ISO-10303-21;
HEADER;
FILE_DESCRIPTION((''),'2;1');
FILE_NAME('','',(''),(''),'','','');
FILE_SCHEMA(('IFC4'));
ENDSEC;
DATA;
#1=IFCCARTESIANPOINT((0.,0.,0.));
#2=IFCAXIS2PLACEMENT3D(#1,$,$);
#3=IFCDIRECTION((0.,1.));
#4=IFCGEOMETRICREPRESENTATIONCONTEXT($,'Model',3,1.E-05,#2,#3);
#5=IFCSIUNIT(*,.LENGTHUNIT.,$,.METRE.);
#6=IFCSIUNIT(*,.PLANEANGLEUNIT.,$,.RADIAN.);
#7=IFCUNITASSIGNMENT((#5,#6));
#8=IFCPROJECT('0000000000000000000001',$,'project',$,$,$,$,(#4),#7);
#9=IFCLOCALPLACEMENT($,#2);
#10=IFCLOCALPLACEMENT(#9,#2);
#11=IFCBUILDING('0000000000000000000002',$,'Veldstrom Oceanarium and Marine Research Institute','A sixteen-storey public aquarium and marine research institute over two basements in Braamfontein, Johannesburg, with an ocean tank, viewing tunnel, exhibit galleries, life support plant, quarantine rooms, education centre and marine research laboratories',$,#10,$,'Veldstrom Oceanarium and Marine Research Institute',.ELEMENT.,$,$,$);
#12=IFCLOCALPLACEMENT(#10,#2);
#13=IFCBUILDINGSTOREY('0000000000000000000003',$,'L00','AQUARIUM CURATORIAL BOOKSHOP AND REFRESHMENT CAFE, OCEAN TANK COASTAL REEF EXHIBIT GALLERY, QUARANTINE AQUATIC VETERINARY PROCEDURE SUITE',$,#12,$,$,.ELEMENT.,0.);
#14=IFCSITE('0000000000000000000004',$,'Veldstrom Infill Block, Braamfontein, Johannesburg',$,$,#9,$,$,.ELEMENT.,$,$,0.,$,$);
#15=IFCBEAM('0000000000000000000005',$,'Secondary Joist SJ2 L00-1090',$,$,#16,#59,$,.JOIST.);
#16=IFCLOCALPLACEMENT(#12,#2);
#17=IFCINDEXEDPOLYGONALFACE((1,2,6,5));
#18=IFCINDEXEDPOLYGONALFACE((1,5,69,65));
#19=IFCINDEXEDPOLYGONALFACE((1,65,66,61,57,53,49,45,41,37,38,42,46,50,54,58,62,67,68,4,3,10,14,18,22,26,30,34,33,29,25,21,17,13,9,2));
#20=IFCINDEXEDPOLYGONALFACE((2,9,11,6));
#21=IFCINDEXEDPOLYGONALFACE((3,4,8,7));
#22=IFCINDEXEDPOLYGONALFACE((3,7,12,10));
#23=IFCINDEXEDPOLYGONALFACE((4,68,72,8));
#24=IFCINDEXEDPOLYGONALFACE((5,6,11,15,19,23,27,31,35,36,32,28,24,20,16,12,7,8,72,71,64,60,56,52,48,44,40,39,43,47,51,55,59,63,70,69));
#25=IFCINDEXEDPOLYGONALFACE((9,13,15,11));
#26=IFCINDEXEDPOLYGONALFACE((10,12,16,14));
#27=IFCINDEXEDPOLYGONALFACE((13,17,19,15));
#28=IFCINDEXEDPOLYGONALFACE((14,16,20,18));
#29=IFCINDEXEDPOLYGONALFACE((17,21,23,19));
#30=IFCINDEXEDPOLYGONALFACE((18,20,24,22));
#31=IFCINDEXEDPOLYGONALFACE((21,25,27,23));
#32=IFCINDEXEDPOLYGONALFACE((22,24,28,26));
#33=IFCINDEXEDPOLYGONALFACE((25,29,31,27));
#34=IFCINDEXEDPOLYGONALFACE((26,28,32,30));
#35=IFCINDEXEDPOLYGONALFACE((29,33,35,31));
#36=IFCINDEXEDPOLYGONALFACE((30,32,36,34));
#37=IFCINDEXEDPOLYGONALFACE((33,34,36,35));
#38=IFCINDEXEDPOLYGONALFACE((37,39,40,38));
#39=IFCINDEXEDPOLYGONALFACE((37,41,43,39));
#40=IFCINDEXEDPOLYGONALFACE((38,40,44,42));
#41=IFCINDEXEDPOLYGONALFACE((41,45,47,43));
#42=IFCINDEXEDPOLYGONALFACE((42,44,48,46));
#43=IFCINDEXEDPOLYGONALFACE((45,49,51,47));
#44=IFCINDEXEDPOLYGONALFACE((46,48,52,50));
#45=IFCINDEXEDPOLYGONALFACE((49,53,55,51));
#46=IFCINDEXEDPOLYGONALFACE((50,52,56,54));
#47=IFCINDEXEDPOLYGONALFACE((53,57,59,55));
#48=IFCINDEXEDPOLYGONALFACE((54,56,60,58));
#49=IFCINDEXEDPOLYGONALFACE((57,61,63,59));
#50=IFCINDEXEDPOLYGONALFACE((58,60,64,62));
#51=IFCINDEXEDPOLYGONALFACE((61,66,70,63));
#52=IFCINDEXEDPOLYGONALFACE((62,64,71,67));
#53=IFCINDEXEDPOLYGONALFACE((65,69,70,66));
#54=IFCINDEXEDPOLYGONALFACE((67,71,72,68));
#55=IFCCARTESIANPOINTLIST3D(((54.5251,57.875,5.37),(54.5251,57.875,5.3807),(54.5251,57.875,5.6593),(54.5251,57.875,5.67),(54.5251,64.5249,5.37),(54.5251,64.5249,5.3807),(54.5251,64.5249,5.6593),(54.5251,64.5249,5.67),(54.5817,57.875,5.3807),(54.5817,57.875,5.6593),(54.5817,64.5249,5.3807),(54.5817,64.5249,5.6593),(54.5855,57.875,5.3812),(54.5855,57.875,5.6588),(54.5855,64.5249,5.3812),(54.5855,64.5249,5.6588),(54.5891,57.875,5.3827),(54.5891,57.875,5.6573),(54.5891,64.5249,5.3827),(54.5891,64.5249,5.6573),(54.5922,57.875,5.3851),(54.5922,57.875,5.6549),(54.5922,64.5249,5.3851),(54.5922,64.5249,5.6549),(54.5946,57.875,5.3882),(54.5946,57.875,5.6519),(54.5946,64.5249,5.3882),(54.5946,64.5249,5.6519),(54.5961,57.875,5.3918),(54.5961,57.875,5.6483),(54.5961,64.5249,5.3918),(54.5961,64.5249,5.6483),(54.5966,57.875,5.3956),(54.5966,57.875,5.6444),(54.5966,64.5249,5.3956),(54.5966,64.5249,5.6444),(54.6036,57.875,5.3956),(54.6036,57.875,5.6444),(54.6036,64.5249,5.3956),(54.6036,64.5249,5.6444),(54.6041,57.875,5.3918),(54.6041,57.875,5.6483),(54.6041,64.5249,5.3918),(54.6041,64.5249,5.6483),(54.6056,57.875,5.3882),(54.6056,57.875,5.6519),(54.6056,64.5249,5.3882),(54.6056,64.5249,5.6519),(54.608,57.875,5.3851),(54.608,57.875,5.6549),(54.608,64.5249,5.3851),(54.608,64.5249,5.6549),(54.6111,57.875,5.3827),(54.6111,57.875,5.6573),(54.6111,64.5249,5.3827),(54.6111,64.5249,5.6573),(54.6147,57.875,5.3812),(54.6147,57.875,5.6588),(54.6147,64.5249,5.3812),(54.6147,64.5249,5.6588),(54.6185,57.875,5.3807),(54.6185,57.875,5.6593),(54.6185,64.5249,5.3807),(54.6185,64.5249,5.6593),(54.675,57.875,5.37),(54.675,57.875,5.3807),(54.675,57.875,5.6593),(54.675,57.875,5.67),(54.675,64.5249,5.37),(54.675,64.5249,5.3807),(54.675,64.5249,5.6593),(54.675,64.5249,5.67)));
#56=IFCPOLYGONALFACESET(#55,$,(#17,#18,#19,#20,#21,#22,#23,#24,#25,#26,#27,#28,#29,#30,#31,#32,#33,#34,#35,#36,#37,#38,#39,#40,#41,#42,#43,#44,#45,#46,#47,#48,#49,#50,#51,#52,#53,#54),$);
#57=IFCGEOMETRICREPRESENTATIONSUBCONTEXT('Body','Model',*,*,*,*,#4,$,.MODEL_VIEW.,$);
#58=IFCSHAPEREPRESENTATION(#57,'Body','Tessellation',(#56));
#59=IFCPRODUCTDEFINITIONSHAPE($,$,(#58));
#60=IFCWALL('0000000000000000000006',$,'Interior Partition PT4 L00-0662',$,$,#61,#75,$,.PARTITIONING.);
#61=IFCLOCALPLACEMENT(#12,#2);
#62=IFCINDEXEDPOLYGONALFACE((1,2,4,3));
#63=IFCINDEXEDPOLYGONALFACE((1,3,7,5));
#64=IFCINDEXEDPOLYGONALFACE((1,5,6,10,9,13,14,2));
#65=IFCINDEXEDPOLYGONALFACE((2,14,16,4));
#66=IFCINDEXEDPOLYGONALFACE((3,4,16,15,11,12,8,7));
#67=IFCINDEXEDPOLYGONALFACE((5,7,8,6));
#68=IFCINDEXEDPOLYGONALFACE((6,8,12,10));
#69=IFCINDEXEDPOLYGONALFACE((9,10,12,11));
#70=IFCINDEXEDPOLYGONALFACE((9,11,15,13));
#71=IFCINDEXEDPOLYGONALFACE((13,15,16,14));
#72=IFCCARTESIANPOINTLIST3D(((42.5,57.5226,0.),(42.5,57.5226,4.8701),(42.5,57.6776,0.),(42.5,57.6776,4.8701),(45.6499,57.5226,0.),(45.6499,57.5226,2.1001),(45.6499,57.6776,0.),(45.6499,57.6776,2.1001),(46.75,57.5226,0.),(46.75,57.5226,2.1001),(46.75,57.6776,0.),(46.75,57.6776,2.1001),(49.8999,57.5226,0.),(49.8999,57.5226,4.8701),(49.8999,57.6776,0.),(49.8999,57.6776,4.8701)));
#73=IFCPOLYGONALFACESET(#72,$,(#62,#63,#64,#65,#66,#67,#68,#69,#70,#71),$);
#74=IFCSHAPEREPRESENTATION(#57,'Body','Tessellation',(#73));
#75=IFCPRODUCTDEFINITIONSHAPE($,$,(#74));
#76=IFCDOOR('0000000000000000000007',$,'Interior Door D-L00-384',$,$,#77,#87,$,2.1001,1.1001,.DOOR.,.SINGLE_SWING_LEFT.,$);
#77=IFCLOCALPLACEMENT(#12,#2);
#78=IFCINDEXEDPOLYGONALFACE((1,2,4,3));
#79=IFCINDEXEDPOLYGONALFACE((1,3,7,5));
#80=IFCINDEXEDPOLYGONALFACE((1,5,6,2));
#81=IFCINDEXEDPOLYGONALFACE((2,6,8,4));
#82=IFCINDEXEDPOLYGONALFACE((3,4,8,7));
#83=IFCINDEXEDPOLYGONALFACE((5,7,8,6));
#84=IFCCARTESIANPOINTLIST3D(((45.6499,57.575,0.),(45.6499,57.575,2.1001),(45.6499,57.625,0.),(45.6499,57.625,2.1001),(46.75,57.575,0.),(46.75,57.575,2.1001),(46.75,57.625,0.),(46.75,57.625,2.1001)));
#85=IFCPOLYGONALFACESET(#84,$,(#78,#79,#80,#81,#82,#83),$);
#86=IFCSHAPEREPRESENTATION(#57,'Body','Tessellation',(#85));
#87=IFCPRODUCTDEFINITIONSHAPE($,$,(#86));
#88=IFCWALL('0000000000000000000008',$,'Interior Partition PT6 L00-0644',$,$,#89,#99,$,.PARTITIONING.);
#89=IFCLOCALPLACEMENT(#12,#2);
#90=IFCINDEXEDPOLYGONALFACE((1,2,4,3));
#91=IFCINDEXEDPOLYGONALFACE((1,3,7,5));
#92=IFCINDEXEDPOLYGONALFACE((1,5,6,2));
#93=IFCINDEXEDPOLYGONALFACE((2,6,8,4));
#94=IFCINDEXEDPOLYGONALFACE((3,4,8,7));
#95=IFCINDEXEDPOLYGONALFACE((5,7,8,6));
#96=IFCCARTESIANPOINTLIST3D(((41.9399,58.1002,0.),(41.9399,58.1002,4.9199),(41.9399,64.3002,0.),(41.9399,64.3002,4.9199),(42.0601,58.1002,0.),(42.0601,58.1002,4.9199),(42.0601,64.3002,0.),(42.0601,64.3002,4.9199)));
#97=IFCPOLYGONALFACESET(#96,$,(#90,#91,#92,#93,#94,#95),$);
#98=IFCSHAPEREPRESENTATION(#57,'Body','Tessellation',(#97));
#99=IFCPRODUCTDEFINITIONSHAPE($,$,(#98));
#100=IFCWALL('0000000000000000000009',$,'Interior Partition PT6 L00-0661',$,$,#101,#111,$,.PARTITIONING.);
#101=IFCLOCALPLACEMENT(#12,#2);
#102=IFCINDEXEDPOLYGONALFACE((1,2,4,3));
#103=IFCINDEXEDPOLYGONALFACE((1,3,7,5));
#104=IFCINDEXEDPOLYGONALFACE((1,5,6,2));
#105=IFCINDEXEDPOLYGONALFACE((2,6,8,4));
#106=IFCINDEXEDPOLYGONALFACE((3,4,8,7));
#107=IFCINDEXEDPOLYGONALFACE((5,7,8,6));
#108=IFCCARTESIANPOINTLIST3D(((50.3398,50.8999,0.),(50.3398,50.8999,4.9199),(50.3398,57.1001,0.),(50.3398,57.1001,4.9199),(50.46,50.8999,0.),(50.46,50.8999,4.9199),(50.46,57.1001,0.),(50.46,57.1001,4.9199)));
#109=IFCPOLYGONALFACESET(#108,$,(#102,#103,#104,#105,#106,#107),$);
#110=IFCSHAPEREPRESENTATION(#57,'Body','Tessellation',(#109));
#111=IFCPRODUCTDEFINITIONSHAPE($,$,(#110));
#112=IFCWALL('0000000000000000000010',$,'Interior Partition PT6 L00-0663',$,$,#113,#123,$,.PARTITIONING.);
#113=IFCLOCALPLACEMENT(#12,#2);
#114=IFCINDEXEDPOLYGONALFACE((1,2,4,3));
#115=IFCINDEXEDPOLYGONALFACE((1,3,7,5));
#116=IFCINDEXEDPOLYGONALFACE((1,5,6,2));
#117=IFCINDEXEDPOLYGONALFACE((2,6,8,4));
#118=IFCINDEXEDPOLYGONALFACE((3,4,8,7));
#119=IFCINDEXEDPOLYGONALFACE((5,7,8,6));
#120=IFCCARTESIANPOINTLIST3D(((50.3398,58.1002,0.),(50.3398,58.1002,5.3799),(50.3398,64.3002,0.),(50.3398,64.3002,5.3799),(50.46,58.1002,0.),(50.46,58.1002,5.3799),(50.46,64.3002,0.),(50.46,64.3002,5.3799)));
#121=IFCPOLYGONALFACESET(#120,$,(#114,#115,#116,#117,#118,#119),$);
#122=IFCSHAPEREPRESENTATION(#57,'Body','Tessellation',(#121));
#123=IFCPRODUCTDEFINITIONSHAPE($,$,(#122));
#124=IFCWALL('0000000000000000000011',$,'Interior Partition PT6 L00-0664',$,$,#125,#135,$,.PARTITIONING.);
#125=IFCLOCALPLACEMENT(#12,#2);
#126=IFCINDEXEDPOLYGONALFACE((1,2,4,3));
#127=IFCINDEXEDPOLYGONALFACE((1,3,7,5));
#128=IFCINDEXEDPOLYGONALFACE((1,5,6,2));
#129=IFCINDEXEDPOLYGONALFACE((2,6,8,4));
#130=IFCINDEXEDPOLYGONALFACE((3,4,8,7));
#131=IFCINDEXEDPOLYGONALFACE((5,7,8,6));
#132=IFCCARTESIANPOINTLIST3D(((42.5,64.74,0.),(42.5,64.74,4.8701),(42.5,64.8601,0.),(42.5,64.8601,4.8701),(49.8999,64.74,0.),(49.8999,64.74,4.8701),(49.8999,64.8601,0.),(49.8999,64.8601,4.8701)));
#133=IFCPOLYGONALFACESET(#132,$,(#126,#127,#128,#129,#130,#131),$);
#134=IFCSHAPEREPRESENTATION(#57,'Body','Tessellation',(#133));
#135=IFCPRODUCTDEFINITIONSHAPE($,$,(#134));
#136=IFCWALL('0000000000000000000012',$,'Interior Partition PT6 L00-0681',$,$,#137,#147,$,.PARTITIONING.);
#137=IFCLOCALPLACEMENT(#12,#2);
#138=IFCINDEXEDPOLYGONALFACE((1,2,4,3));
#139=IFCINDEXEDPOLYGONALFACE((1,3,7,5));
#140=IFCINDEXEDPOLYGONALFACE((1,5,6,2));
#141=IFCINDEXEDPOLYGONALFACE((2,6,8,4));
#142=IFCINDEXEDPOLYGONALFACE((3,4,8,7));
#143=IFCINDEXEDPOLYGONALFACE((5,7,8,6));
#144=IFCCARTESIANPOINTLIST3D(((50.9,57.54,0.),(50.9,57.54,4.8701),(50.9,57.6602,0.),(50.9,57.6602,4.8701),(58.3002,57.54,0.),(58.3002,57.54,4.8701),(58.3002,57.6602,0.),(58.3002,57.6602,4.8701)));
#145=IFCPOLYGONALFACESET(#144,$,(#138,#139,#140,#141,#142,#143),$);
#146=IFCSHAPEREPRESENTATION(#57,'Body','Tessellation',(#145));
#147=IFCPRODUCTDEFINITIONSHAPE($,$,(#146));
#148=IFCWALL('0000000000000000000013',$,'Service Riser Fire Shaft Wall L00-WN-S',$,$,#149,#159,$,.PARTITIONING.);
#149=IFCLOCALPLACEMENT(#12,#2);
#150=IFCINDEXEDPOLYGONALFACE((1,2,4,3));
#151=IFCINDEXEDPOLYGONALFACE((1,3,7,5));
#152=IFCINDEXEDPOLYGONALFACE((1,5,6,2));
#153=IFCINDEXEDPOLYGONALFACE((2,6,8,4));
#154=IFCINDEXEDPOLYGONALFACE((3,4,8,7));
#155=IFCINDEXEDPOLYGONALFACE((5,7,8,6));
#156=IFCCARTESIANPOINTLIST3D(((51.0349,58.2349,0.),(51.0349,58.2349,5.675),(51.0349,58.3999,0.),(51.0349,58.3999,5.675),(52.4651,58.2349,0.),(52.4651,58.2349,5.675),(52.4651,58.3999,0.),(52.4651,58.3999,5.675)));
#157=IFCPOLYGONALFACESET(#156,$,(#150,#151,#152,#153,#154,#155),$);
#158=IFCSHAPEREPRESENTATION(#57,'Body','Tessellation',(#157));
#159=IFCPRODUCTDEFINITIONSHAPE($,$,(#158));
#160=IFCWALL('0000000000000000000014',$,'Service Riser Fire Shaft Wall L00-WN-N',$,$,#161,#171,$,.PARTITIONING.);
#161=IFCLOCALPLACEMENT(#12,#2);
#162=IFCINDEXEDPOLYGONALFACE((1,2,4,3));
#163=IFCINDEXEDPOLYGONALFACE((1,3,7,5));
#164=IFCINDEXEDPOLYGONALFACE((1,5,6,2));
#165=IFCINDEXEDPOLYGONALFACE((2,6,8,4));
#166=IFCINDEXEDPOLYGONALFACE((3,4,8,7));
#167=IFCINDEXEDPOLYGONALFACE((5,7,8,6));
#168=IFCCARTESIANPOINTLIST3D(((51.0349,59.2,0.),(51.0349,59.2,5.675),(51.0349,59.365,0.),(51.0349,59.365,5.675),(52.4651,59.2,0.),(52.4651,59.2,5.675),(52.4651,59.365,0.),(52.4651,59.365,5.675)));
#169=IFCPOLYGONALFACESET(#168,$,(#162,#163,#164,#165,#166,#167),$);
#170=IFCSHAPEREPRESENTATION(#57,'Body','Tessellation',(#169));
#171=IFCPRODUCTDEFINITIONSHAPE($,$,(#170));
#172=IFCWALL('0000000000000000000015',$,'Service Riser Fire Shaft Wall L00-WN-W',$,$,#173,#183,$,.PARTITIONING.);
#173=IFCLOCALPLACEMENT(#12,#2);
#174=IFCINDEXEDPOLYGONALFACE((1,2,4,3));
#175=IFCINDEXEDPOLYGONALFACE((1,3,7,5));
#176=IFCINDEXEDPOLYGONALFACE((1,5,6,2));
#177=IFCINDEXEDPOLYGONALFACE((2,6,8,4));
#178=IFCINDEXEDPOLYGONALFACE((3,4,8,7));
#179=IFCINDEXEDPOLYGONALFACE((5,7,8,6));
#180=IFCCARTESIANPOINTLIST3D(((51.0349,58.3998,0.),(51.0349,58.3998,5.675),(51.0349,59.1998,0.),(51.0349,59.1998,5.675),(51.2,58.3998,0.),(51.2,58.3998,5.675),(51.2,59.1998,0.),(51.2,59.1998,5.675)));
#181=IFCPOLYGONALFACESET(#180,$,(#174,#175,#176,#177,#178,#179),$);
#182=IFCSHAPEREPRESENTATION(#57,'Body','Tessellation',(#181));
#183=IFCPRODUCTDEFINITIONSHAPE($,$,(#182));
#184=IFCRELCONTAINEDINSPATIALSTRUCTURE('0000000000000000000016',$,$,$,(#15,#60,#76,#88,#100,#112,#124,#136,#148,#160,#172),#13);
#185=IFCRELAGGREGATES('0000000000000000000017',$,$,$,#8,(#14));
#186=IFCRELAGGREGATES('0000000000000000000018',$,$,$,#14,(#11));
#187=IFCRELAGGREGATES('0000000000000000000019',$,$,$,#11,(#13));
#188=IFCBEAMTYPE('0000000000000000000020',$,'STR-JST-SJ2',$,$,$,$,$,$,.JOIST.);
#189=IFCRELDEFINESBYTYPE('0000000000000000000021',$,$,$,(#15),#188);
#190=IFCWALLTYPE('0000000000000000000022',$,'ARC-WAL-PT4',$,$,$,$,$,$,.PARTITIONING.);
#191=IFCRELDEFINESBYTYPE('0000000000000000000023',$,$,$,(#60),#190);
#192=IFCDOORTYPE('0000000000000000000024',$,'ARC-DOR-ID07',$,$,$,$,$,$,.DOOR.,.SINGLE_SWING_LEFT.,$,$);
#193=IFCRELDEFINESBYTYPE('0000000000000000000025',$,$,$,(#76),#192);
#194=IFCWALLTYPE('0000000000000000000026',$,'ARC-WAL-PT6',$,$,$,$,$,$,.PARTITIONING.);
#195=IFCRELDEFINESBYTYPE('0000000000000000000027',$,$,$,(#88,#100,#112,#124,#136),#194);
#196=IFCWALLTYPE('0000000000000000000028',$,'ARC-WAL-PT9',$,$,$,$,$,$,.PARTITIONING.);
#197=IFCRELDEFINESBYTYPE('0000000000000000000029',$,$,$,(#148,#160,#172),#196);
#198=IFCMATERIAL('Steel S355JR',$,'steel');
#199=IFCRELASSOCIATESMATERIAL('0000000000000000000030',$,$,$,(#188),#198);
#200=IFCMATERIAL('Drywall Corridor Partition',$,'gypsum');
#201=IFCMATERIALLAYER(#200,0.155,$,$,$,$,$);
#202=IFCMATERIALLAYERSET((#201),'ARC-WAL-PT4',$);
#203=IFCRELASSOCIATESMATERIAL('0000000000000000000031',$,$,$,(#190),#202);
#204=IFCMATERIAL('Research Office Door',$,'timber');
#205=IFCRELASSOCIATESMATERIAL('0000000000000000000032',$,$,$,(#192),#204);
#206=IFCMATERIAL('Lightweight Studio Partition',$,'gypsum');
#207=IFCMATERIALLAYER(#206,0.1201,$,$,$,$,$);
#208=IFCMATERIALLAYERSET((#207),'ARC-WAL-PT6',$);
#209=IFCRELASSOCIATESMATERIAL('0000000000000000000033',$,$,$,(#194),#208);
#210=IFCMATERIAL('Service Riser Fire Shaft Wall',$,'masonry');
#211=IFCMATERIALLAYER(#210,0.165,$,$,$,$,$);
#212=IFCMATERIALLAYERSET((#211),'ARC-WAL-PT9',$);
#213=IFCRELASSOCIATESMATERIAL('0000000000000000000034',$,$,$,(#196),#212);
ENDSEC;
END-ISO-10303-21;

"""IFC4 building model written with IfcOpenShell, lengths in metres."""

from ifc_helpers import new_model, si_unit, direction, frame, frame_2d, origin, origin_2d, place, context, subcontext, project, spatial, rectangle, i_section, extrude, material, layer, layer_set, material_profile, profile_set, type_object, element, fill, save


model = new_model("IFC4")

# Units and contexts
model_context = context("Model", 3, precision=1e-05, world=origin(), true_north=direction((0.0, 1.0)))
body_context = subcontext(model_context, "Body", "Model", "MODEL_VIEW")
ifc_project = project(units=[si_unit("LENGTHUNIT", "METRE"), si_unit("PLANEANGLEUNIT", "RADIAN")], contexts=[model_context])

# Site, building, storey
site_placement = place(None, origin())
site = spatial("IfcSite", under=ifc_project, at=site_placement, Name="Veldstrom Infill Block, Braamfontein, Johannesburg", CompositionType="ELEMENT", RefElevation=0.0)
building_placement = place(site_placement, origin())
building = spatial("IfcBuilding", under=site, at=building_placement, Name="Veldstrom Oceanarium and Marine Research Institute", Description="A sixteen-storey public aquarium and marine research institute over two basements in Braamfontein, Johannesburg, with an ocean tank, viewing tunnel, exhibit galleries, life support plant, quarantine rooms, education centre and marine research laboratories", LongName="Veldstrom Oceanarium and Marine Research Institute", CompositionType="ELEMENT")
storey_placement = place(building_placement, origin())
storey = spatial("IfcBuildingStorey", under=building, at=storey_placement, Name="L00", Description="AQUARIUM CURATORIAL BOOKSHOP AND REFRESHMENT CAFE, OCEAN TANK COASTAL REEF EXHIBIT GALLERY, QUARANTINE AQUATIC VETERINARY PROCEDURE SUITE", CompositionType="ELEMENT", Elevation=0.0)

# Beam
ifc_material_1 = material(Name="Steel S355JR", Category="steel")
ifc_material_profile_1 = material_profile(ifc_material_1, i_section(OverallWidth=0.1499, OverallDepth=0.3, WebThickness=0.0071, FlangeThickness=0.0107, FilletRadius=0.0149, at=origin_2d()), Name="IPE 300")
ifc_profile_set_1 = profile_set([ifc_material_profile_1], Name="Steel S355JR")
beam_type_1 = type_object("IfcBeamType", Name="STR-JST-SJ2", PredefinedType="JOIST", material=ifc_profile_set_1)
beam_1_placement = place(storey_placement, frame((54.6001, 57.875, 5.52), z_axis=(0.0, 1.0, 0.0), x_axis=(-1.0, 0.0, 0.0)))
element("IfcBeam", 1, at=beam_1_placement, inside=storey, type_object=beam_type_1, Name="Secondary Joist SJ2 L00-1090", PredefinedType="JOIST", context=body_context, shape_type="SweptSolid", body=[
    extrude(i_section(OverallWidth=0.1499, OverallDepth=0.3, WebThickness=0.0071, FlangeThickness=0.0107, FilletRadius=0.0149, at=origin_2d()), origin(), (0.0, 0.0, 1.0), 6.6499),
])

# Wall, opening, door
ifc_material_2 = material(Name="Drywall Corridor Partition", Category="gypsum")
ifc_layer_1 = layer(ifc_material_2, 0.155)
ifc_layer_set_1 = layer_set([ifc_layer_1], Name="ARC-WAL-PT4")
wall_type_1 = type_object("IfcWallType", Name="ARC-WAL-PT4", PredefinedType="PARTITIONING", material=ifc_layer_set_1)
wall_1_placement = place(storey_placement, frame((42.5, 57.6001, 0.0), z_axis=(0.0, 0.0, 1.0), x_axis=(1.0, 0.0, 0.0)))
wall_1 = element("IfcWall", 2, at=wall_1_placement, inside=storey, type_object=wall_type_1, Name="Interior Partition PT4 L00-0662", PredefinedType="PARTITIONING", context=body_context, shape_type="SweptSolid", body=[
    extrude(rectangle(XDim=7.3999, YDim=0.155, at=frame_2d((3.7, 0.0))), origin(), (0.0, 0.0, 1.0), 4.8701),
])
opening_placement = place(wall_1_placement, frame((3.1499, 0.0, 0.0)))
opening = element("IfcOpeningElement", 3, at=opening_placement, cuts=wall_1, PredefinedType="OPENING", context=body_context, shape_type="SweptSolid", body=[
    extrude(rectangle(XDim=1.1001, YDim=2.1001, at=frame_2d((0.55, 1.05))), frame((0.0, 0.0874, 0.0), z_axis=(0.0, -1.0, 0.0), x_axis=(1.0, 0.0, 0.0)), (0.0, 0.0, 1.0), 0.175),
])
ifc_material_3 = material(Name="Research Office Door", Category="timber")
door_type = type_object("IfcDoorType", Name="ARC-DOR-ID07", OperationType="SINGLE_SWING_LEFT", PredefinedType="DOOR", material=ifc_material_3)
door_placement = place(opening_placement, origin())
door = element("IfcDoor", 4, at=door_placement, inside=storey, type_object=door_type, Name="Interior Door D-L00-384", OperationType="SINGLE_SWING_LEFT", OverallHeight=2.1001, OverallWidth=1.1001, PredefinedType="DOOR", context=body_context, shape_type="SweptSolid", body=[
    extrude(rectangle(XDim=1.1001, YDim=2.1001, at=frame_2d((0.55, 1.05))), frame((0.0, 0.0249, 0.0), z_axis=(0.0, -1.0, 0.0), x_axis=(1.0, 0.0, 0.0)), (0.0, 0.0, 1.0), 0.05),
])
fill(opening, door)

# Walls
ifc_material_4 = material(Name="Lightweight Studio Partition", Category="gypsum")
ifc_layer_2 = layer(ifc_material_4, 0.1201)
ifc_layer_set_2 = layer_set([ifc_layer_2], Name="ARC-WAL-PT6")
wall_type_2 = type_object("IfcWallType", Name="ARC-WAL-PT6", PredefinedType="PARTITIONING", material=ifc_layer_set_2)
wall_2_placement = place(storey_placement, frame((42.0, 58.1001, 0.0), z_axis=(0.0, 0.0, 1.0), x_axis=(0.0, 1.0, 0.0)))
element("IfcWall", 5, at=wall_2_placement, inside=storey, type_object=wall_type_2, Name="Interior Partition PT6 L00-0644", PredefinedType="PARTITIONING", context=body_context, shape_type="SweptSolid", body=[
    extrude(rectangle(XDim=6.2, YDim=0.1201, at=frame_2d((3.1001, 0.0))), origin(), (0.0, 0.0, 1.0), 4.9199),
])
wall_3_placement = place(storey_placement, frame((50.3999, 50.8999, 0.0), z_axis=(0.0, 0.0, 1.0), x_axis=(0.0, 1.0, 0.0)))
element("IfcWall", 6, at=wall_3_placement, inside=storey, type_object=wall_type_2, Name="Interior Partition PT6 L00-0661", PredefinedType="PARTITIONING", context=body_context, shape_type="SweptSolid", body=[
    extrude(rectangle(XDim=6.2002, YDim=0.1201, at=frame_2d((3.1001, 0.0))), origin(), (0.0, 0.0, 1.0), 4.9199),
])
wall_4_placement = place(storey_placement, frame((50.3999, 58.1001, 0.0), z_axis=(0.0, 0.0, 1.0), x_axis=(0.0, 1.0, 0.0)))
element("IfcWall", 7, at=wall_4_placement, inside=storey, type_object=wall_type_2, Name="Interior Partition PT6 L00-0663", PredefinedType="PARTITIONING", context=body_context, shape_type="SweptSolid", body=[
    extrude(rectangle(XDim=6.2, YDim=0.1201, at=frame_2d((3.1001, 0.0))), origin(), (0.0, 0.0, 1.0), 5.3799),
])
wall_5_placement = place(storey_placement, frame((42.5, 64.8, 0.0), z_axis=(0.0, 0.0, 1.0), x_axis=(1.0, 0.0, 0.0)))
element("IfcWall", 8, at=wall_5_placement, inside=storey, type_object=wall_type_2, Name="Interior Partition PT6 L00-0664", PredefinedType="PARTITIONING", context=body_context, shape_type="SweptSolid", body=[
    extrude(rectangle(XDim=7.3999, YDim=0.1201, at=frame_2d((3.7, 0.0))), origin(), (0.0, 0.0, 1.0), 4.8701),
])
wall_6_placement = place(storey_placement, frame((50.8999, 57.6001, 0.0), z_axis=(0.0, 0.0, 1.0), x_axis=(1.0, 0.0, 0.0)))
element("IfcWall", 9, at=wall_6_placement, inside=storey, type_object=wall_type_2, Name="Interior Partition PT6 L00-0681", PredefinedType="PARTITIONING", context=body_context, shape_type="SweptSolid", body=[
    extrude(rectangle(XDim=7.4001, YDim=0.1201, at=frame_2d((3.7002, 0.0))), origin(), (0.0, 0.0, 1.0), 4.8701),
])
ifc_material_5 = material(Name="Service Riser Fire Shaft Wall", Category="masonry")
ifc_layer_3 = layer(ifc_material_5, 0.165)
ifc_layer_set_3 = layer_set([ifc_layer_3], Name="ARC-WAL-PT9")
wall_type_3 = type_object("IfcWallType", Name="ARC-WAL-PT9", PredefinedType="PARTITIONING", material=ifc_layer_set_3)
for number, where, z_axis, x_axis, name in (
    (10, (51.0349, 58.3174, 0.0), (0.0, 0.0, 1.0), (1.0, 0.0, 0.0), "Service Riser Fire Shaft Wall L00-WN-S"),
    (11, (51.0349, 59.2825, 0.0), (0.0, 0.0, 1.0), (1.0, 0.0, 0.0), "Service Riser Fire Shaft Wall L00-WN-N"),
):
    element("IfcWall", number, at=place(storey_placement, frame(where, z_axis=z_axis, x_axis=x_axis)), inside=storey, type_object=wall_type_3, Name=name, PredefinedType="PARTITIONING", context=body_context, shape_type="SweptSolid", body=[
        extrude(rectangle(XDim=1.4302, YDim=0.165, at=frame_2d((0.7151, 0.0))), origin(), (0.0, 0.0, 1.0), 5.675),
    ])
for number, where, z_axis, x_axis, name in (
    (12, (51.1174, 58.3999, 0.0), (0.0, 0.0, 1.0), (0.0, 1.0, 0.0), "Service Riser Fire Shaft Wall L00-WN-W"),
):
    element("IfcWall", number, at=place(storey_placement, frame(where, z_axis=z_axis, x_axis=x_axis)), inside=storey, type_object=wall_type_3, Name=name, PredefinedType="PARTITIONING", context=body_context, shape_type="SweptSolid", body=[
        extrude(rectangle(XDim=0.8, YDim=0.165, at=frame_2d((0.3999, 0.0))), origin(), (0.0, 0.0, 1.0), 5.675),
    ])

save(model, "model.ifc")
